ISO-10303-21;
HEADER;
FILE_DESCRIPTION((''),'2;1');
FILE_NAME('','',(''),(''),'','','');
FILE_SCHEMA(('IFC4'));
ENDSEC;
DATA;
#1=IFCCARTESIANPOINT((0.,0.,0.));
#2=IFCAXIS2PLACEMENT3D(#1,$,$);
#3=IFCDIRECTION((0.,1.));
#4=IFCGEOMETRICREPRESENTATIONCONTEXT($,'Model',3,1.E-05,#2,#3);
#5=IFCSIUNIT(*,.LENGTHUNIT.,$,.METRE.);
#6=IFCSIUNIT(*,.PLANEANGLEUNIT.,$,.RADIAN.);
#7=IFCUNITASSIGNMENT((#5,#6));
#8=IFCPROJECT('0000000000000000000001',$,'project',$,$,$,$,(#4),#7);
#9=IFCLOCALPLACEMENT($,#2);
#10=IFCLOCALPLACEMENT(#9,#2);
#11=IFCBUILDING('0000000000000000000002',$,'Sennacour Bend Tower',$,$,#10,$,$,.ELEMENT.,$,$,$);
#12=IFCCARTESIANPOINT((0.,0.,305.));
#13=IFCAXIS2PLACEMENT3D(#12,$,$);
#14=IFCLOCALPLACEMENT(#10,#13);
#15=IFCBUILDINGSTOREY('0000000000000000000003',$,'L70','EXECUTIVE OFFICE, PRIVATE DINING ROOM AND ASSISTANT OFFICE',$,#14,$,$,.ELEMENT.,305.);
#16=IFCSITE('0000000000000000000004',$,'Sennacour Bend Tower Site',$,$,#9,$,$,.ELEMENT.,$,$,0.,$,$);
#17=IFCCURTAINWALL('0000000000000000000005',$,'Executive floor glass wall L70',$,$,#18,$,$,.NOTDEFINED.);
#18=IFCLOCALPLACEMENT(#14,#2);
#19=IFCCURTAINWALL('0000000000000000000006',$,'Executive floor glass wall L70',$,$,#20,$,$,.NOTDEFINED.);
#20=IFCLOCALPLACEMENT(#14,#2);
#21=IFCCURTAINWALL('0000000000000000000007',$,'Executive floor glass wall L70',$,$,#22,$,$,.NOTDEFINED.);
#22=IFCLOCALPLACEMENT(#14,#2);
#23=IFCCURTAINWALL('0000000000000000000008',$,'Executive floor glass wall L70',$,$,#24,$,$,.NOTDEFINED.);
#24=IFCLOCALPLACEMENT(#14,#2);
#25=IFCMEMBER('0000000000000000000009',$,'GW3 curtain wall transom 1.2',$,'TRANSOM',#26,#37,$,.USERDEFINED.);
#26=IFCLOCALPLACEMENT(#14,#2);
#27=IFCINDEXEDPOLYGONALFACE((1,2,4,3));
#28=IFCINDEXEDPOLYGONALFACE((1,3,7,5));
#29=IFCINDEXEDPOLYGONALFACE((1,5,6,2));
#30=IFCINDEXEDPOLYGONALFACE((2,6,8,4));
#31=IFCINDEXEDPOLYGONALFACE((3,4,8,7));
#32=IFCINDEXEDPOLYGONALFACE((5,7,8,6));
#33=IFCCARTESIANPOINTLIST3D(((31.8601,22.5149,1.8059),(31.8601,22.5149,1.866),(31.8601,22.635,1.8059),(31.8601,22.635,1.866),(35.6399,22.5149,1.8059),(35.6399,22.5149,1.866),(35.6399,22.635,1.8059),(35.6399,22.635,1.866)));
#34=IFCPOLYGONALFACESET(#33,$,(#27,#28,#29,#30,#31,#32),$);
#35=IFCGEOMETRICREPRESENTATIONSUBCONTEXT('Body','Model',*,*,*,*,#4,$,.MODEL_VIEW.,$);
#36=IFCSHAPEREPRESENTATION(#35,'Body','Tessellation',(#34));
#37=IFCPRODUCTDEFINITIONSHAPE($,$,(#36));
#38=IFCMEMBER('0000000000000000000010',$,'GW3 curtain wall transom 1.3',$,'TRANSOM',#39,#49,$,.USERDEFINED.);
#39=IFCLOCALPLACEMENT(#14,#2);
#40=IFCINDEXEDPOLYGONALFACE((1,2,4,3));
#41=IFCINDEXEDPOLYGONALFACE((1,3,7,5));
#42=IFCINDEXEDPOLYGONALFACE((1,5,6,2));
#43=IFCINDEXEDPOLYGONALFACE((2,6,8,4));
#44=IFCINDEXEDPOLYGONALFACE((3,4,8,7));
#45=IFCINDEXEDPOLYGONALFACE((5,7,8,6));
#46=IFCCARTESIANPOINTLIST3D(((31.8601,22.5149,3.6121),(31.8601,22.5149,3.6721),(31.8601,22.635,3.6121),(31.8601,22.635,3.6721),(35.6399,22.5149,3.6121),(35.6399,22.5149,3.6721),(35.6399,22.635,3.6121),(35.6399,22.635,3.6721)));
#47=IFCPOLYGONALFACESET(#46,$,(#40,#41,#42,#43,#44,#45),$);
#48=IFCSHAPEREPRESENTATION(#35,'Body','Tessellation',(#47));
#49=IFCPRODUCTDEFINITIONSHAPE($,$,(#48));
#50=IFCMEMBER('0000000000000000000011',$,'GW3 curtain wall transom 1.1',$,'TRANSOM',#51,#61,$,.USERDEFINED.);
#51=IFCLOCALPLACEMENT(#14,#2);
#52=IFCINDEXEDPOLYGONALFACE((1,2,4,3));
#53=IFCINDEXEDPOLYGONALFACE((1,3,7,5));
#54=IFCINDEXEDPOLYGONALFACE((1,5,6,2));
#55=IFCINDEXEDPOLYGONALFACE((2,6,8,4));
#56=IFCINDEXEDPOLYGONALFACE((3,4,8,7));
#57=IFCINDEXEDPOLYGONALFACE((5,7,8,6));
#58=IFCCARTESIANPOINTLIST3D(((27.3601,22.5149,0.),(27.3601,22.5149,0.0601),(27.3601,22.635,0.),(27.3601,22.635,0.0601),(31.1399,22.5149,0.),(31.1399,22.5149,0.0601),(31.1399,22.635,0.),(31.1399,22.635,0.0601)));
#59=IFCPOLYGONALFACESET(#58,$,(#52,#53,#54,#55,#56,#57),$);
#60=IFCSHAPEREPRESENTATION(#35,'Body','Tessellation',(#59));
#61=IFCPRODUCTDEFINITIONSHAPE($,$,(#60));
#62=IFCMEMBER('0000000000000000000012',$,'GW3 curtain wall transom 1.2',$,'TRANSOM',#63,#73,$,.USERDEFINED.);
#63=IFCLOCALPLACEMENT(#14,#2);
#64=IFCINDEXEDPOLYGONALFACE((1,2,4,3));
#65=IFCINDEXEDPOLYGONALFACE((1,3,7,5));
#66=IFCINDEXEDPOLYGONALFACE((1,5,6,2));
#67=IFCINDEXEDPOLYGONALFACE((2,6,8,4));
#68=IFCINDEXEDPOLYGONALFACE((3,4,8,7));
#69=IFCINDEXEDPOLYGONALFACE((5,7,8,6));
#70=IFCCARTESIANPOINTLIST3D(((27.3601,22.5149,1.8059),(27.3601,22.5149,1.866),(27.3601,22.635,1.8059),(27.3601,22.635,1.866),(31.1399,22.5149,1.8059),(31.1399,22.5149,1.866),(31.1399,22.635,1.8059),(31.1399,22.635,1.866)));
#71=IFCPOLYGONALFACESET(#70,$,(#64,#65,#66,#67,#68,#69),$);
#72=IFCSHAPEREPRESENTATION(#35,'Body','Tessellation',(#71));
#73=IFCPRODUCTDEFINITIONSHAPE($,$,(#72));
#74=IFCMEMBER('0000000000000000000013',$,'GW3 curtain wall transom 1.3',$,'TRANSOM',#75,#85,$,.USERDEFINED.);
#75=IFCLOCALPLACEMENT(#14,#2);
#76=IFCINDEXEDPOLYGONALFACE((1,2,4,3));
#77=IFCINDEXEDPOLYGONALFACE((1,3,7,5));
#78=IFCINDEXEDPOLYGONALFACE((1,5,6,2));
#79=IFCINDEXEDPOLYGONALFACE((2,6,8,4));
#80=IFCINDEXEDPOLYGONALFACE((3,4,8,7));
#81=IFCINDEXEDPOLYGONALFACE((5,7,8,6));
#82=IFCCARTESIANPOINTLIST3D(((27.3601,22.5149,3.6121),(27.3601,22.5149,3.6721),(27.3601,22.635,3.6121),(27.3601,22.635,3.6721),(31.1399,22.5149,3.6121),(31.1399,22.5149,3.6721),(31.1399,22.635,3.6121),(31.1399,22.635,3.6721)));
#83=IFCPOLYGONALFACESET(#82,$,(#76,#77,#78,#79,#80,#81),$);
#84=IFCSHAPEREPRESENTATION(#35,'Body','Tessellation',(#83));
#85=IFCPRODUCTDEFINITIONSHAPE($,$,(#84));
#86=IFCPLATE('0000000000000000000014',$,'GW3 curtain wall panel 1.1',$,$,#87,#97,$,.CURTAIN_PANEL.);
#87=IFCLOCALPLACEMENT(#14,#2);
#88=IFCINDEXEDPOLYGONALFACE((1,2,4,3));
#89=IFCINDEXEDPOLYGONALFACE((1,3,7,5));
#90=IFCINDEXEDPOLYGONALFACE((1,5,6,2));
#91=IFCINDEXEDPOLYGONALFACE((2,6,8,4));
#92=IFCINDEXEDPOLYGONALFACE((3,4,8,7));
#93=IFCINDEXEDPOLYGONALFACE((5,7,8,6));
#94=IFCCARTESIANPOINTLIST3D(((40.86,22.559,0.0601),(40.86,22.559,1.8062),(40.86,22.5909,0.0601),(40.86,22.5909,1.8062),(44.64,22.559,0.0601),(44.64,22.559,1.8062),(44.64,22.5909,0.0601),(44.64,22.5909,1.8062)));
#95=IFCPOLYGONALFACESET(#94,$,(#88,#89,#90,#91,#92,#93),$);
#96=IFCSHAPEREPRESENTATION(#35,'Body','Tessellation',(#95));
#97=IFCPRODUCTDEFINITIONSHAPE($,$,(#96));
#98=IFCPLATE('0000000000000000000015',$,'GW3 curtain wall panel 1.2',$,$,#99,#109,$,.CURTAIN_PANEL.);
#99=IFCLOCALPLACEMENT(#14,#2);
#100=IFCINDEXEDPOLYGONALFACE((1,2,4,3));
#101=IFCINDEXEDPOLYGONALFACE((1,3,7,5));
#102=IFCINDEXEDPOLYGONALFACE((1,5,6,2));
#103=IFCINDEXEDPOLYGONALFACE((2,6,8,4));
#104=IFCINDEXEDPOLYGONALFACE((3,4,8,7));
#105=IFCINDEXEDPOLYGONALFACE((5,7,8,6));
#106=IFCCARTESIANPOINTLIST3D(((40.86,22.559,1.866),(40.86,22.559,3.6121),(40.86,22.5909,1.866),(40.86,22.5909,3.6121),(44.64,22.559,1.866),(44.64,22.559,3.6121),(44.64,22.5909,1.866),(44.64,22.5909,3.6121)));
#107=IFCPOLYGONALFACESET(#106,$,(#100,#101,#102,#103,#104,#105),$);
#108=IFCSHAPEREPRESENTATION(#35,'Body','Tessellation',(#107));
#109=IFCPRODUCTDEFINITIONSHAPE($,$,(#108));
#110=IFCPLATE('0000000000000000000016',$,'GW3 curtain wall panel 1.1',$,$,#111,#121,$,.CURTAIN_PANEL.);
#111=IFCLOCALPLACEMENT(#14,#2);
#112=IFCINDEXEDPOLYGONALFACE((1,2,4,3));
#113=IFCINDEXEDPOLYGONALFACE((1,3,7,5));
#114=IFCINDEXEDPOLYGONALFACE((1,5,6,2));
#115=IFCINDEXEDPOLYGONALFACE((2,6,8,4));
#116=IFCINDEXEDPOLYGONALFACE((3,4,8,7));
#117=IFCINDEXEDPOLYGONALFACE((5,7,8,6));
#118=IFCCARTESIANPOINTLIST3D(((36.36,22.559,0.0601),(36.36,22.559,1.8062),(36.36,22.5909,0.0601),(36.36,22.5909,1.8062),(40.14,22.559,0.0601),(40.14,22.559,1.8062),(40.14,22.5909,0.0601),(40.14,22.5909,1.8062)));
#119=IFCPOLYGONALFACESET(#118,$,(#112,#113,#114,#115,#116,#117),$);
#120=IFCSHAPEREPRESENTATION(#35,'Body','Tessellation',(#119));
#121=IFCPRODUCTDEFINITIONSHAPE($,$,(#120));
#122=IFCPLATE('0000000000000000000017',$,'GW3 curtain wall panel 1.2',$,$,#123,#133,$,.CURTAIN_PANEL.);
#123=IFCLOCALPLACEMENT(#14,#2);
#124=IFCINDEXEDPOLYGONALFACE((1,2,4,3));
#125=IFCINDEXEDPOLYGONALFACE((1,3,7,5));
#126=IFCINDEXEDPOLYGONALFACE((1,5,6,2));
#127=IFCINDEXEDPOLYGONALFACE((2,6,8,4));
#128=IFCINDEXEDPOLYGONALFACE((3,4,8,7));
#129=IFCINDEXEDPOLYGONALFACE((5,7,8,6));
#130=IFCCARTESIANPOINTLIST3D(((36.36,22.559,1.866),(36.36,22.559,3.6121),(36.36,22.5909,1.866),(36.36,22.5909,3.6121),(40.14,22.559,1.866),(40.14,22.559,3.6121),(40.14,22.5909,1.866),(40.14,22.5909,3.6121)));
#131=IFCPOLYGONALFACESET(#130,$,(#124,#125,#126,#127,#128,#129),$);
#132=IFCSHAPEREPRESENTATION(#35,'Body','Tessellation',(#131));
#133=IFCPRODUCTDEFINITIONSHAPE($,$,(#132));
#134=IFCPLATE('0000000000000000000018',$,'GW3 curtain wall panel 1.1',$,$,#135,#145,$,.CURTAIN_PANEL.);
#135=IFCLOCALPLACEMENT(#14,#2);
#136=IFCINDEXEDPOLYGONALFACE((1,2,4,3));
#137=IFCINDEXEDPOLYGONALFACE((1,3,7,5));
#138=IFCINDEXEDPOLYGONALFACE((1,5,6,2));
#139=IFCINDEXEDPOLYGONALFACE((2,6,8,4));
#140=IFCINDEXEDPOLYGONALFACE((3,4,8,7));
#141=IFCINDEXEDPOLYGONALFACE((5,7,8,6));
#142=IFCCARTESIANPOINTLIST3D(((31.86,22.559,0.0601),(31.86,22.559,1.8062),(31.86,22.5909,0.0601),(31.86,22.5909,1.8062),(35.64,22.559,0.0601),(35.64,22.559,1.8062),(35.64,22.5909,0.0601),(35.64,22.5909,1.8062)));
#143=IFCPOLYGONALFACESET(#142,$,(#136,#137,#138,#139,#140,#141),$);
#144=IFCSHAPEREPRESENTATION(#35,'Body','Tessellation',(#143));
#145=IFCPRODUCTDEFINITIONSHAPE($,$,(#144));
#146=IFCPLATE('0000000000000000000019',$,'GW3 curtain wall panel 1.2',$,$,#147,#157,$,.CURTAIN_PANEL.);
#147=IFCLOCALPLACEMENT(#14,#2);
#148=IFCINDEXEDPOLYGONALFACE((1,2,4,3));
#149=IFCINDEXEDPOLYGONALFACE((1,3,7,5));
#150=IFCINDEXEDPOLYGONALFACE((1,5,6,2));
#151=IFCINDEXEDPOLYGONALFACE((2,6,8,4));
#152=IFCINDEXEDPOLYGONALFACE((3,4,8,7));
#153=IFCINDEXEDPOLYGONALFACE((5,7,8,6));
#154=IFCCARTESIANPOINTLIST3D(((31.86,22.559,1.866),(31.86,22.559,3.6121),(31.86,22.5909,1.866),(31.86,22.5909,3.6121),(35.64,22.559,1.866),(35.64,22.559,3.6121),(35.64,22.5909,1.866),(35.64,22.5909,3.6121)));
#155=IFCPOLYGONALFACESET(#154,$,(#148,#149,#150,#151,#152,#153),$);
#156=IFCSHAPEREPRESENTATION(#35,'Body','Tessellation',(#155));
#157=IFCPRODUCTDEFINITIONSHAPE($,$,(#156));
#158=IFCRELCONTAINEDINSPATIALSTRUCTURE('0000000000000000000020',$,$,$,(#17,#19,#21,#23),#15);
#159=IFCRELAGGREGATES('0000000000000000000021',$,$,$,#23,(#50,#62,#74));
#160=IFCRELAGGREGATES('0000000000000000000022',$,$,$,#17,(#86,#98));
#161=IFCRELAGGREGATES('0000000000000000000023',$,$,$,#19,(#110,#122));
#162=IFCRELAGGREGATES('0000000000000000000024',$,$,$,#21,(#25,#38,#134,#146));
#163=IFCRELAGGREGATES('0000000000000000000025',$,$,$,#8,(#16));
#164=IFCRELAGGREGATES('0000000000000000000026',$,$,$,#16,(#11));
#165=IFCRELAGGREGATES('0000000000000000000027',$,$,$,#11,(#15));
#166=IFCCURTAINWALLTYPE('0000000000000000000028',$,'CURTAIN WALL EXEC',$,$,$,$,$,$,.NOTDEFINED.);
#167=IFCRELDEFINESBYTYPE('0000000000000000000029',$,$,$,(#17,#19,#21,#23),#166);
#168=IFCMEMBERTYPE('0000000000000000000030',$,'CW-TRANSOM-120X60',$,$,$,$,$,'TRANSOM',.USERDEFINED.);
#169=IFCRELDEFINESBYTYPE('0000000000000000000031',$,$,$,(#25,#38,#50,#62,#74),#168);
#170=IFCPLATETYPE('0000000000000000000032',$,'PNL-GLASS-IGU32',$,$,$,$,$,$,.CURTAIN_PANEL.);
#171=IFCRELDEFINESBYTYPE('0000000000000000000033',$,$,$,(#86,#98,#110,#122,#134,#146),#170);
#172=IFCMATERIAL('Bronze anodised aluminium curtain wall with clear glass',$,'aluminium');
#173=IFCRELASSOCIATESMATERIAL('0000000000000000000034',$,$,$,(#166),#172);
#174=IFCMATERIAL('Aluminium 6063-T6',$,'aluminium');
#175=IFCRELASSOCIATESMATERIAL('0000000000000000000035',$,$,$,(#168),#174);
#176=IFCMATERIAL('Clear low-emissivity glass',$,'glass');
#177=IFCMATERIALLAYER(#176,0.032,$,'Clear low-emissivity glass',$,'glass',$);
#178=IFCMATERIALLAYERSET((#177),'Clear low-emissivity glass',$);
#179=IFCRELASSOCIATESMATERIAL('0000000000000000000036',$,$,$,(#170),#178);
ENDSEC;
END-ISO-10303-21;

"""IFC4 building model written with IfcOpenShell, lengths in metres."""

from ifc_helpers import new_model, si_unit, direction, frame, origin, origin_2d, place, context, subcontext, project, spatial, rectangle, extrude, material, layer, layer_set, material_profile, profile_set, type_object, element, aggregate, save


model = new_model("IFC4")

# Units and contexts
model_context = context("Model", 3, precision=1e-05, world=origin(), true_north=direction((0.0, 1.0)))
body_context = subcontext(model_context, "Body", "Model", "MODEL_VIEW")
ifc_project = project(units=[si_unit("LENGTHUNIT", "METRE"), si_unit("PLANEANGLEUNIT", "RADIAN")], contexts=[model_context])

# Site, building, storey
site_placement = place(None, origin())
site = spatial("IfcSite", under=ifc_project, at=site_placement, Name="Sennacour Bend Tower Site", CompositionType="ELEMENT", RefElevation=0.0)
building_placement = place(site_placement, origin())
building = spatial("IfcBuilding", under=site, at=building_placement, Name="Sennacour Bend Tower", CompositionType="ELEMENT")
storey_placement = place(building_placement, frame((0.0, 0.0, 305.0)))
storey = spatial("IfcBuildingStorey", under=building, at=storey_placement, Name="L70", Description="EXECUTIVE OFFICE, PRIVATE DINING ROOM AND ASSISTANT OFFICE", CompositionType="ELEMENT", Elevation=305.0)

# Shared definitions
ifc_material_1 = material(Name="Bronze anodised aluminium curtain wall with clear glass", Category="aluminium")
curtain_wall_type = type_object("IfcCurtainWallType", Name="CURTAIN WALL EXEC", PredefinedType="NOTDEFINED", material=ifc_material_1)
ifc_material_2 = material(Name="Aluminium 6063-T6", Category="aluminium")

# Curtain walls
curtain_wall_1_placement = place(storey_placement, origin())
curtain_wall_1 = element("IfcCurtainWall", 1, at=curtain_wall_1_placement, inside=storey, type_object=curtain_wall_type, Name="Executive floor glass wall L70", PredefinedType="NOTDEFINED")
curtain_wall_2_placement = place(storey_placement, origin())
curtain_wall_2 = element("IfcCurtainWall", 2, at=curtain_wall_2_placement, inside=storey, type_object=curtain_wall_type, Name="Executive floor glass wall L70", PredefinedType="NOTDEFINED")
curtain_wall_3_placement = place(storey_placement, origin())
curtain_wall_3 = element("IfcCurtainWall", 3, at=curtain_wall_3_placement, inside=storey, type_object=curtain_wall_type, Name="Executive floor glass wall L70", PredefinedType="NOTDEFINED")

# Curtain wall
curtain_wall_4_placement = place(storey_placement, origin())
curtain_wall_4 = element("IfcCurtainWall", 4, at=curtain_wall_4_placement, inside=storey, type_object=curtain_wall_type, Name="Executive floor glass wall L70", PredefinedType="NOTDEFINED")

# Members
ifc_material_profile_1 = material_profile(ifc_material_2, rectangle(XDim=0.1201, YDim=0.0601, at=origin_2d()), Name="Aluminium 6063-T6", Category="aluminium")
ifc_profile_set_1 = profile_set([ifc_material_profile_1], Name="Aluminium 6063-T6")
member_type_1 = type_object("IfcMemberType", Name="CW-TRANSOM-120X60", ElementType="TRANSOM", PredefinedType="USERDEFINED", material=ifc_profile_set_1)
member_1_placement = place(storey_placement, frame((35.6399, 22.575, 1.8359), z_axis=(-1.0, 0.0, 0.0), x_axis=(0.0, -1.0, 0.0)))
member_1 = element("IfcMember", 5, at=member_1_placement, type_object=member_type_1, Name="GW3 curtain wall transom 1.2", ObjectType="TRANSOM", PredefinedType="USERDEFINED", context=body_context, shape_type="SweptSolid", body=[
    extrude(rectangle(XDim=0.1201, YDim=0.0601, at=origin_2d()), origin(), (0.0, 0.0, 1.0), 3.7798),
])
member_2_placement = place(storey_placement, frame((35.6399, 22.575, 3.6421), z_axis=(-1.0, 0.0, 0.0), x_axis=(0.0, -1.0, 0.0)))
member_2 = element("IfcMember", 6, at=member_2_placement, type_object=member_type_1, Name="GW3 curtain wall transom 1.3", ObjectType="TRANSOM", PredefinedType="USERDEFINED", context=body_context, shape_type="SweptSolid", body=[
    extrude(rectangle(XDim=0.1201, YDim=0.0601, at=origin_2d()), origin(), (0.0, 0.0, 1.0), 3.7798),
])
member_3_placement = place(storey_placement, frame((31.1399, 22.575, 0.03), z_axis=(-1.0, 0.0, 0.0), x_axis=(0.0, -1.0, 0.0)))
member_3 = element("IfcMember", 7, at=member_3_placement, type_object=member_type_1, Name="GW3 curtain wall transom 1.1", ObjectType="TRANSOM", PredefinedType="USERDEFINED", context=body_context, shape_type="SweptSolid", body=[
    extrude(rectangle(XDim=0.1201, YDim=0.0601, at=origin_2d()), origin(), (0.0, 0.0, 1.0), 3.7798),
])
member_4_placement = place(storey_placement, frame((31.1399, 22.575, 1.8359), z_axis=(-1.0, 0.0, 0.0), x_axis=(0.0, -1.0, 0.0)))
member_4 = element("IfcMember", 8, at=member_4_placement, type_object=member_type_1, Name="GW3 curtain wall transom 1.2", ObjectType="TRANSOM", PredefinedType="USERDEFINED", context=body_context, shape_type="SweptSolid", body=[
    extrude(rectangle(XDim=0.1201, YDim=0.0601, at=origin_2d()), origin(), (0.0, 0.0, 1.0), 3.7798),
])
member_5_placement = place(storey_placement, frame((31.1399, 22.575, 3.6421), z_axis=(-1.0, 0.0, 0.0), x_axis=(0.0, -1.0, 0.0)))
member_5 = element("IfcMember", 9, at=member_5_placement, type_object=member_type_1, Name="GW3 curtain wall transom 1.3", ObjectType="TRANSOM", PredefinedType="USERDEFINED", context=body_context, shape_type="SweptSolid", body=[
    extrude(rectangle(XDim=0.1201, YDim=0.0601, at=origin_2d()), origin(), (0.0, 0.0, 1.0), 3.7798),
])
aggregate(curtain_wall_4, [member_3, member_4, member_5])

# Plates
ifc_material_3 = material(Name="Clear low-emissivity glass", Category="glass")
ifc_layer = layer(ifc_material_3, 0.032, Name="Clear low-emissivity glass", Category="glass")
ifc_layer_set = layer_set([ifc_layer], Name="Clear low-emissivity glass")
plate_type = type_object("IfcPlateType", Name="PNL-GLASS-IGU32", PredefinedType="CURTAIN_PANEL", material=ifc_layer_set)
plate_1_placement = place(storey_placement, frame((42.75, 22.575, 0.0601), z_axis=(0.0, 0.0, 1.0), x_axis=(-1.0, 0.0, 0.0)))
plate_1 = element("IfcPlate", 10, at=plate_1_placement, type_object=plate_type, Name="GW3 curtain wall panel 1.1", PredefinedType="CURTAIN_PANEL", context=body_context, shape_type="SweptSolid", body=[
    extrude(rectangle(XDim=3.78, YDim=0.032, at=origin_2d()), origin(), (0.0, 0.0, 1.0), 1.7461),
])
plate_2_placement = place(storey_placement, frame((42.75, 22.575, 1.866), z_axis=(0.0, 0.0, 1.0), x_axis=(-1.0, 0.0, 0.0)))
plate_2 = element("IfcPlate", 11, at=plate_2_placement, type_object=plate_type, Name="GW3 curtain wall panel 1.2", PredefinedType="CURTAIN_PANEL", context=body_context, shape_type="SweptSolid", body=[
    extrude(rectangle(XDim=3.78, YDim=0.032, at=origin_2d()), origin(), (0.0, 0.0, 1.0), 1.7461),
])
aggregate(curtain_wall_1, [plate_1, plate_2])
plate_3_placement = place(storey_placement, frame((38.25, 22.575, 0.0601), z_axis=(0.0, 0.0, 1.0), x_axis=(-1.0, 0.0, 0.0)))
plate_3 = element("IfcPlate", 12, at=plate_3_placement, type_object=plate_type, Name="GW3 curtain wall panel 1.1", PredefinedType="CURTAIN_PANEL", context=body_context, shape_type="SweptSolid", body=[
    extrude(rectangle(XDim=3.78, YDim=0.032, at=origin_2d()), origin(), (0.0, 0.0, 1.0), 1.7461),
])
plate_4_placement = place(storey_placement, frame((38.25, 22.575, 1.866), z_axis=(0.0, 0.0, 1.0), x_axis=(-1.0, 0.0, 0.0)))
plate_4 = element("IfcPlate", 13, at=plate_4_placement, type_object=plate_type, Name="GW3 curtain wall panel 1.2", PredefinedType="CURTAIN_PANEL", context=body_context, shape_type="SweptSolid", body=[
    extrude(rectangle(XDim=3.78, YDim=0.032, at=origin_2d()), origin(), (0.0, 0.0, 1.0), 1.7461),
])
aggregate(curtain_wall_2, [plate_3, plate_4])
plate_5_placement = place(storey_placement, frame((33.75, 22.575, 0.0601), z_axis=(0.0, 0.0, 1.0), x_axis=(-1.0, 0.0, 0.0)))
plate_5 = element("IfcPlate", 14, at=plate_5_placement, type_object=plate_type, Name="GW3 curtain wall panel 1.1", PredefinedType="CURTAIN_PANEL", context=body_context, shape_type="SweptSolid", body=[
    extrude(rectangle(XDim=3.78, YDim=0.032, at=origin_2d()), origin(), (0.0, 0.0, 1.0), 1.7461),
])
plate_6_placement = place(storey_placement, frame((33.75, 22.575, 1.866), z_axis=(0.0, 0.0, 1.0), x_axis=(-1.0, 0.0, 0.0)))
plate_6 = element("IfcPlate", 15, at=plate_6_placement, type_object=plate_type, Name="GW3 curtain wall panel 1.2", PredefinedType="CURTAIN_PANEL", context=body_context, shape_type="SweptSolid", body=[
    extrude(rectangle(XDim=3.78, YDim=0.032, at=origin_2d()), origin(), (0.0, 0.0, 1.0), 1.7461),
])
aggregate(curtain_wall_3, [member_1, member_2, plate_5, plate_6])

save(model, "model.ifc")
